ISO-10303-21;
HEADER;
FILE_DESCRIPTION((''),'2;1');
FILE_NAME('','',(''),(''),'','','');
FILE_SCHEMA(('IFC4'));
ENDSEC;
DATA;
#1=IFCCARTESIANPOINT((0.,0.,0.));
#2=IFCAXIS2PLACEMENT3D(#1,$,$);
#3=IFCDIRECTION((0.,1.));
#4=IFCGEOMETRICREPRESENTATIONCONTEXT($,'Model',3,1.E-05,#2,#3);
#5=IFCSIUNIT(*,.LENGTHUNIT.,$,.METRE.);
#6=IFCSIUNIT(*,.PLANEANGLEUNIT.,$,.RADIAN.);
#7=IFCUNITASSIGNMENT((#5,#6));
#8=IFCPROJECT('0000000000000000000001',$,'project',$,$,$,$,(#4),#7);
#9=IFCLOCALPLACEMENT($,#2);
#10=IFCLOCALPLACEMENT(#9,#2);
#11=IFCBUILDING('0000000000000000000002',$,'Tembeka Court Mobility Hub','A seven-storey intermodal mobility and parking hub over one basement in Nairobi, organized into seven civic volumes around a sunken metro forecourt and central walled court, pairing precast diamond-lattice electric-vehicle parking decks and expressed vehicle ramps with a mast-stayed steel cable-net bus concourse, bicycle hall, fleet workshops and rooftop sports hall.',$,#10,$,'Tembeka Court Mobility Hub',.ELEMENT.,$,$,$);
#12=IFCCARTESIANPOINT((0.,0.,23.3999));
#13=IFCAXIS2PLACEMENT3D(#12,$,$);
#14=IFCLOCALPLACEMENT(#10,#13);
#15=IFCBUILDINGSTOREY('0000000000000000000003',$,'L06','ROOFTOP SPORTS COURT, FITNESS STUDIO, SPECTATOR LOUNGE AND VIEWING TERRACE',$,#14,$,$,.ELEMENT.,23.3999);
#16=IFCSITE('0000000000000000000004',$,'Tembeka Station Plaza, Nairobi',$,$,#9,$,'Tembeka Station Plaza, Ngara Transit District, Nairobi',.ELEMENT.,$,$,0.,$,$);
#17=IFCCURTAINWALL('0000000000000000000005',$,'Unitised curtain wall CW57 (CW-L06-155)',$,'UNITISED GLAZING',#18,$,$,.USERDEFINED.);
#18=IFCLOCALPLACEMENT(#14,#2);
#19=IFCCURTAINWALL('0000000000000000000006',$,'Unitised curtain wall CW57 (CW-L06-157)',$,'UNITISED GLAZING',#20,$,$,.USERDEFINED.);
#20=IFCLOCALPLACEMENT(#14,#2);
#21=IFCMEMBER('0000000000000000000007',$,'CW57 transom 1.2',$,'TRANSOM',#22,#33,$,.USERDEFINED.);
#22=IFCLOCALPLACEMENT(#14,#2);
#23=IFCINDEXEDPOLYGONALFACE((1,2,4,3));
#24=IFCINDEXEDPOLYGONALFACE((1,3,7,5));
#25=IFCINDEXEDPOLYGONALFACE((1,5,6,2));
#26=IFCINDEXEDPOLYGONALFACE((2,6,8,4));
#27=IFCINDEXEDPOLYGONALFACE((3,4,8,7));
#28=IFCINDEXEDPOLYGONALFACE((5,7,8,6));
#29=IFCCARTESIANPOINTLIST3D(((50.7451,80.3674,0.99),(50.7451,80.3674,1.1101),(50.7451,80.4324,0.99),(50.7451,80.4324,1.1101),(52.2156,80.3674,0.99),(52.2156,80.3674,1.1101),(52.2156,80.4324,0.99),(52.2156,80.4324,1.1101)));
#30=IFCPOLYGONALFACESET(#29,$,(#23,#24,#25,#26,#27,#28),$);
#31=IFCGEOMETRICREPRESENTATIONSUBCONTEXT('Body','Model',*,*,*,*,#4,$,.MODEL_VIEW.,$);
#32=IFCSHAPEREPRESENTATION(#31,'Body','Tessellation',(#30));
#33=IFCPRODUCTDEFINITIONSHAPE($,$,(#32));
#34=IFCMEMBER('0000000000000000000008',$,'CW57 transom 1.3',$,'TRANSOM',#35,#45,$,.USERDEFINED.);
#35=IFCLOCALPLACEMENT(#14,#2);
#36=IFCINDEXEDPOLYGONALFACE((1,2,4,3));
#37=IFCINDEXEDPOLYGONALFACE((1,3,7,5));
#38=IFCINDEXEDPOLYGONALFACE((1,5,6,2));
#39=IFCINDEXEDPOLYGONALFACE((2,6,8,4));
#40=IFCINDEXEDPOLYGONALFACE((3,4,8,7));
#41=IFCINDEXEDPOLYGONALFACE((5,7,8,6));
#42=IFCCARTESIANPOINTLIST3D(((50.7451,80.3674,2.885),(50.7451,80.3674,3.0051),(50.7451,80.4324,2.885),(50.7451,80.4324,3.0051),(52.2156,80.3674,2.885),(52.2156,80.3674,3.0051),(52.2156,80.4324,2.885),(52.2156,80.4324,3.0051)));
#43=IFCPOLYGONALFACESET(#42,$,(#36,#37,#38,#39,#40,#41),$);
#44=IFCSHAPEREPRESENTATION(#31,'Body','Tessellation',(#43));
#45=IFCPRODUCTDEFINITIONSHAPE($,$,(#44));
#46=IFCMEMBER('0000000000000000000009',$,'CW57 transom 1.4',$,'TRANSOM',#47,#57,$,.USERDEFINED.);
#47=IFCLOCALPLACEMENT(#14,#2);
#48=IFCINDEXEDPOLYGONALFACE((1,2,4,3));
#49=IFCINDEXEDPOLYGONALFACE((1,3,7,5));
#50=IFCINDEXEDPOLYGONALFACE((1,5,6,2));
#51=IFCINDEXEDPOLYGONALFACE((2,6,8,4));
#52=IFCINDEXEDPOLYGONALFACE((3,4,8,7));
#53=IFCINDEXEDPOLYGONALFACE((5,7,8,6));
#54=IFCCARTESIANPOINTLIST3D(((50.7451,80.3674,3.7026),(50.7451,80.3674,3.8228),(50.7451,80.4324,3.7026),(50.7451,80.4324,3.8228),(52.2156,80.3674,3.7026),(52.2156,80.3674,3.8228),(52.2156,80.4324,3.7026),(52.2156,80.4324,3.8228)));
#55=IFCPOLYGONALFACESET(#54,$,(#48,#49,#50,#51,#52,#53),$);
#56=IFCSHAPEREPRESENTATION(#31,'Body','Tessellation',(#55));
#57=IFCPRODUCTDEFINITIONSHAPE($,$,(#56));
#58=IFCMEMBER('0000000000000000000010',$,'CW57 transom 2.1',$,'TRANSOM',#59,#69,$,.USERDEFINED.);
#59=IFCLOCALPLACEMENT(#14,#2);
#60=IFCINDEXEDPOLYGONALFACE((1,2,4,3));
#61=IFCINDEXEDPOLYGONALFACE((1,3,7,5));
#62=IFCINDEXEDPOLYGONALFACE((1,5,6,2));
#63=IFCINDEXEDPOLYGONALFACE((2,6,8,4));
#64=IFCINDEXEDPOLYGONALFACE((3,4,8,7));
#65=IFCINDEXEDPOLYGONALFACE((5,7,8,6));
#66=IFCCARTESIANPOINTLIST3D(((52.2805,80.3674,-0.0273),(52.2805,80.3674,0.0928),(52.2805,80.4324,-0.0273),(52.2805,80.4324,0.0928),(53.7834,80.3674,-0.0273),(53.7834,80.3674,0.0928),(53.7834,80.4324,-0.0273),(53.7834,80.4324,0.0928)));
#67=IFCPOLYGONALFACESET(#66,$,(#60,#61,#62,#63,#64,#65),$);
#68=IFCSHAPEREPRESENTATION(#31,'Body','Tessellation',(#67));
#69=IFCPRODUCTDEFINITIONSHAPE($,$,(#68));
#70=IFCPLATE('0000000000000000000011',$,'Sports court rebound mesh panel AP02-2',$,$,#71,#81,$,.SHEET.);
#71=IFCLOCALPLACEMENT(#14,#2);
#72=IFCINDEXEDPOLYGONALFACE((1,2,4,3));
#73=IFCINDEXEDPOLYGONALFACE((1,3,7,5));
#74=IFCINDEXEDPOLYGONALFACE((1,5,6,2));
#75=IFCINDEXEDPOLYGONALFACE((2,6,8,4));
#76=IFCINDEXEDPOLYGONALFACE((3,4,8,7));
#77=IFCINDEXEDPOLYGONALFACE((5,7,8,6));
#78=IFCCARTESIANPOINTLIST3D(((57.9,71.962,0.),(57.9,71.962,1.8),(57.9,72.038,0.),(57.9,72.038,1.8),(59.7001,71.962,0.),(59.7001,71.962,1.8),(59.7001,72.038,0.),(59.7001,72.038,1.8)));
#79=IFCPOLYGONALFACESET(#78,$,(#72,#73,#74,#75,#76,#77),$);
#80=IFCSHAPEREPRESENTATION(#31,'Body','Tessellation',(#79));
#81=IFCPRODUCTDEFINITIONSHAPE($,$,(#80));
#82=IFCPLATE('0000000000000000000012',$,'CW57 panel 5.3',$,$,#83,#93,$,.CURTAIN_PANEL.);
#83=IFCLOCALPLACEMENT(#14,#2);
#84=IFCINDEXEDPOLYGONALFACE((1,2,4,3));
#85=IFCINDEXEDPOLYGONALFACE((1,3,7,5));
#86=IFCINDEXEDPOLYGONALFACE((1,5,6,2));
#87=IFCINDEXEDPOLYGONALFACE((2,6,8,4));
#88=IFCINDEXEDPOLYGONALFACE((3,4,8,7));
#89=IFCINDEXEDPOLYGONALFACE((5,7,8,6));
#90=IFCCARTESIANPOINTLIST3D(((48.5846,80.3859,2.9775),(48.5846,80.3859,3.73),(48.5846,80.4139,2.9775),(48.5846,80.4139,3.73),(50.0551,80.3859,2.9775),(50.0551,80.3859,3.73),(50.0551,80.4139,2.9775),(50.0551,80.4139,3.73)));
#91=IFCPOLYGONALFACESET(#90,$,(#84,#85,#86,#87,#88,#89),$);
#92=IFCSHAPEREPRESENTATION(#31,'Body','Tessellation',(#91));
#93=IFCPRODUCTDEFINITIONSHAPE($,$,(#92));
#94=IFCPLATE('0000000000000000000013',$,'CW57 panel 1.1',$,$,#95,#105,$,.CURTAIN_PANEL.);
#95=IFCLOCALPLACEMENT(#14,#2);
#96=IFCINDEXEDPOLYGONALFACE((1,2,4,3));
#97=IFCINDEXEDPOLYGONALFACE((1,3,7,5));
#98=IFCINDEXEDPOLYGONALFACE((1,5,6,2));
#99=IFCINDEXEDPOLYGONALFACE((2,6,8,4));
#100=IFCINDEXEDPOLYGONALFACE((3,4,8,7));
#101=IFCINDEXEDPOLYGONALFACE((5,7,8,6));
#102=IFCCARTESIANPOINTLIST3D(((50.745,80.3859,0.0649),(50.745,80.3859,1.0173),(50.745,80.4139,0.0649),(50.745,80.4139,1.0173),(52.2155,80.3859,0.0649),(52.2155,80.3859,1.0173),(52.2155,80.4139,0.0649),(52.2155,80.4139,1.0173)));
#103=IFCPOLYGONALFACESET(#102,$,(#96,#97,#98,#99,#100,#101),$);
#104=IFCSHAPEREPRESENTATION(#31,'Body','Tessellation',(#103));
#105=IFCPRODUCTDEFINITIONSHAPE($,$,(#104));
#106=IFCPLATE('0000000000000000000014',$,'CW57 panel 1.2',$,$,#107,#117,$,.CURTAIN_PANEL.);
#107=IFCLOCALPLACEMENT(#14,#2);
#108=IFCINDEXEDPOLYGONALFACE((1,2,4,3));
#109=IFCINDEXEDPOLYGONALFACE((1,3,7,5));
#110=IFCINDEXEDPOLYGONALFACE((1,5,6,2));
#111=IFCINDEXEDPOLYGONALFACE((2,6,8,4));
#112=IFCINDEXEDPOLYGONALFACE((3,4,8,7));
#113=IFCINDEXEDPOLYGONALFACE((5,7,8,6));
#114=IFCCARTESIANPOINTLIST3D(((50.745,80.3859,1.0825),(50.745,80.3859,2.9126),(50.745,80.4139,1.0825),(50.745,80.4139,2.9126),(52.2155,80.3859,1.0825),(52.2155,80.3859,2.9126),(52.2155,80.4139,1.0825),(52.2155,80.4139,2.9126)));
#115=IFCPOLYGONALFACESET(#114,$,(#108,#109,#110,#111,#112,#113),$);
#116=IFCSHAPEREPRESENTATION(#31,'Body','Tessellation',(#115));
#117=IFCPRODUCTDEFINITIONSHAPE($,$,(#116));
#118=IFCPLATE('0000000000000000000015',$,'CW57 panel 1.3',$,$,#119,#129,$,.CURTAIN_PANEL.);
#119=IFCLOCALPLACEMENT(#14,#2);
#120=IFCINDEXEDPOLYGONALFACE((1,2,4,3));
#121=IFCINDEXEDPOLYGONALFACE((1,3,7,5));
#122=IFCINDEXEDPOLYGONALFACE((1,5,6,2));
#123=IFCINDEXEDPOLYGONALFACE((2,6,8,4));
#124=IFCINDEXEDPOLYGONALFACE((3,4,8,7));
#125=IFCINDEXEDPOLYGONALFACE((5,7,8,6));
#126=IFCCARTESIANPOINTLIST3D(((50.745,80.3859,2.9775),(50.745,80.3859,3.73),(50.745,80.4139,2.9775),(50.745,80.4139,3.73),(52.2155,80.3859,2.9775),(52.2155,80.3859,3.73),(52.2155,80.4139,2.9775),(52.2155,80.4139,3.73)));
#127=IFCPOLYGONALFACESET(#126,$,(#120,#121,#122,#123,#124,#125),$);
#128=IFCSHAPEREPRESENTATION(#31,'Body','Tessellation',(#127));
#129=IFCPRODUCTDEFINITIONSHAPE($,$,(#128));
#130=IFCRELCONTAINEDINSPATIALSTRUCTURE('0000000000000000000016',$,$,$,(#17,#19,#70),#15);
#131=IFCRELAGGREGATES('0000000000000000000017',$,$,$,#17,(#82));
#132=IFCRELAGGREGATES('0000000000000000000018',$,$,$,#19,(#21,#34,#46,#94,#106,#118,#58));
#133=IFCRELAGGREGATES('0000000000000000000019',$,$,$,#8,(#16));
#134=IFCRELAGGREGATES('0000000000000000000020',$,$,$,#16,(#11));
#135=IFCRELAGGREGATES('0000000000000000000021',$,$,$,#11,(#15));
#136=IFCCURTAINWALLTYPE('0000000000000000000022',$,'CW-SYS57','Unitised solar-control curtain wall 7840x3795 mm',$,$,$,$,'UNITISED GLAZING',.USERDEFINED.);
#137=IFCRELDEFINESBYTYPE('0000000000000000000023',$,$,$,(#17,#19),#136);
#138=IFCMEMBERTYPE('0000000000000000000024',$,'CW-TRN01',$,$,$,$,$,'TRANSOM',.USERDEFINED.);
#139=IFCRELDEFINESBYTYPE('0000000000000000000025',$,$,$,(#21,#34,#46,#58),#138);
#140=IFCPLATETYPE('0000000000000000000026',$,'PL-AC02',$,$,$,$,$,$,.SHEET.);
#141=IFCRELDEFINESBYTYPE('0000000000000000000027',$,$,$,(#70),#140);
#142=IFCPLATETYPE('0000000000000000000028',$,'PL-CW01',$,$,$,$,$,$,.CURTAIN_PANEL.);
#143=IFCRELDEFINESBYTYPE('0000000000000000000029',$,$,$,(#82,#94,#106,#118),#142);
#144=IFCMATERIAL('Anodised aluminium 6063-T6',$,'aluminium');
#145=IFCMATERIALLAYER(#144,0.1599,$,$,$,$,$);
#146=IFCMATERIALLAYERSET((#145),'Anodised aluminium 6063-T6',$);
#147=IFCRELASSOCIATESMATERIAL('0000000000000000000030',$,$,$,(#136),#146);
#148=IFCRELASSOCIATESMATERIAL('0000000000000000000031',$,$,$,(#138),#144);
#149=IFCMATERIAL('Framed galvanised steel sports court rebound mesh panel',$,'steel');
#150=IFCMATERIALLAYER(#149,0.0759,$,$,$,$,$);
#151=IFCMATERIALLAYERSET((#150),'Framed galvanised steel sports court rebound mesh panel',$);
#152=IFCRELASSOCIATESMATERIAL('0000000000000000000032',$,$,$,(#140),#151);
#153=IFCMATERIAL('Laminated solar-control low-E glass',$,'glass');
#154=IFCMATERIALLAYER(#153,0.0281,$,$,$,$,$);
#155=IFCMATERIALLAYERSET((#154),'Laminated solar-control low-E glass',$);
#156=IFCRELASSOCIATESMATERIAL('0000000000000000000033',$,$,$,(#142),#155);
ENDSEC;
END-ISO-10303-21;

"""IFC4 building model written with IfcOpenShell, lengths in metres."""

from ifc_helpers import new_model, si_unit, direction, frame, origin, origin_2d, place, context, subcontext, project, spatial, rectangle, extrude, material, layer, layer_set, material_profile, profile_set, type_object, element, aggregate, save


model = new_model("IFC4")

# Units and contexts
model_context = context("Model", 3, precision=1e-05, world=origin(), true_north=direction((0.0, 1.0)))
body_context = subcontext(model_context, "Body", "Model", "MODEL_VIEW")
ifc_project = project(units=[si_unit("LENGTHUNIT", "METRE"), si_unit("PLANEANGLEUNIT", "RADIAN")], contexts=[model_context])

# Site, building, storey
site_placement = place(None, origin())
site = spatial("IfcSite", under=ifc_project, at=site_placement, Name="Tembeka Station Plaza, Nairobi", LongName="Tembeka Station Plaza, Ngara Transit District, Nairobi", CompositionType="ELEMENT", RefElevation=0.0)
building_placement = place(site_placement, origin())
building = spatial("IfcBuilding", under=site, at=building_placement, Name="Tembeka Court Mobility Hub", Description="A seven-storey intermodal mobility and parking hub over one basement in Nairobi, organized into seven civic volumes around a sunken metro forecourt and central walled court, pairing precast diamond-lattice electric-vehicle parking decks and expressed vehicle ramps with a mast-stayed steel cable-net bus concourse, bicycle hall, fleet workshops and rooftop sports hall.", LongName="Tembeka Court Mobility Hub", CompositionType="ELEMENT")
storey_placement = place(building_placement, frame((0.0, 0.0, 23.3999)))
storey = spatial("IfcBuildingStorey", under=building, at=storey_placement, Name="L06", Description="ROOFTOP SPORTS COURT, FITNESS STUDIO, SPECTATOR LOUNGE AND VIEWING TERRACE", CompositionType="ELEMENT", Elevation=23.3999)

# Curtain wall
ifc_material_1 = material(Name="Anodised aluminium 6063-T6", Category="aluminium")
ifc_layer_1 = layer(ifc_material_1, 0.1599)
ifc_layer_set_1 = layer_set([ifc_layer_1], Name="Anodised aluminium 6063-T6")
curtain_wall_type = type_object("IfcCurtainWallType", Name="CW-SYS57", Description="Unitised solar-control curtain wall 7840x3795 mm", ElementType="UNITISED GLAZING", PredefinedType="USERDEFINED", material=ifc_layer_set_1)
curtain_wall_1_placement = place(storey_placement, origin())
curtain_wall_1 = element("IfcCurtainWall", 1, at=curtain_wall_1_placement, inside=storey, type_object=curtain_wall_type, Name="Unitised curtain wall CW57 (CW-L06-155)", ObjectType="UNITISED GLAZING", PredefinedType="USERDEFINED")

# Curtain wall, members
curtain_wall_2_placement = place(storey_placement, origin())
curtain_wall_2 = element("IfcCurtainWall", 2, at=curtain_wall_2_placement, inside=storey, type_object=curtain_wall_type, Name="Unitised curtain wall CW57 (CW-L06-157)", ObjectType="UNITISED GLAZING", PredefinedType="USERDEFINED")
ifc_material_profile_1 = material_profile(ifc_material_1, rectangle(XDim=0.0649, YDim=0.1201, at=origin_2d()), Name="ALU-TRN 65x120")
ifc_profile_set_1 = profile_set([ifc_material_profile_1], Name="Anodised aluminium 6063-T6")
member_type_1 = type_object("IfcMemberType", Name="CW-TRN01", ElementType="TRANSOM", PredefinedType="USERDEFINED", material=ifc_profile_set_1)
member_1_placement = place(storey_placement, frame((50.7451, 80.3999, 1.05), z_axis=(1.0, 0.0, 0.0), x_axis=(0.0, 1.0, 0.0)))
member_1 = element("IfcMember", 3, at=member_1_placement, type_object=member_type_1, Name="CW57 transom 1.2", ObjectType="TRANSOM", PredefinedType="USERDEFINED", context=body_context, shape_type="SweptSolid", body=[
    extrude(rectangle(XDim=0.0649, YDim=0.1201, at=origin_2d()), origin(), (0.0, 0.0, 1.0), 1.4705),
])
member_2_placement = place(storey_placement, frame((50.7451, 80.3999, 2.9451), z_axis=(1.0, 0.0, 0.0), x_axis=(0.0, 1.0, 0.0)))
member_2 = element("IfcMember", 4, at=member_2_placement, type_object=member_type_1, Name="CW57 transom 1.3", ObjectType="TRANSOM", PredefinedType="USERDEFINED", context=body_context, shape_type="SweptSolid", body=[
    extrude(rectangle(XDim=0.0649, YDim=0.1201, at=origin_2d()), origin(), (0.0, 0.0, 1.0), 1.4705),
])
member_3_placement = place(storey_placement, frame((50.7451, 80.3999, 3.7627), z_axis=(1.0, 0.0, 0.0), x_axis=(0.0, 1.0, 0.0)))
member_3 = element("IfcMember", 5, at=member_3_placement, type_object=member_type_1, Name="CW57 transom 1.4", ObjectType="TRANSOM", PredefinedType="USERDEFINED", context=body_context, shape_type="SweptSolid", body=[
    extrude(rectangle(XDim=0.0649, YDim=0.1201, at=origin_2d()), origin(), (0.0, 0.0, 1.0), 1.4705),
])
member_4_placement = place(storey_placement, frame((52.2805, 80.3999, 0.0327), z_axis=(1.0, 0.0, 0.0), x_axis=(0.0, 1.0, 0.0)))
member_4 = element("IfcMember", 6, at=member_4_placement, type_object=member_type_1, Name="CW57 transom 2.1", ObjectType="TRANSOM", PredefinedType="USERDEFINED", context=body_context, shape_type="SweptSolid", body=[
    extrude(rectangle(XDim=0.0649, YDim=0.1201, at=origin_2d()), origin(), (0.0, 0.0, 1.0), 1.5029),
])

# Plates
ifc_material_2 = material(Name="Framed galvanised steel sports court rebound mesh panel", Category="steel")
ifc_layer_2 = layer(ifc_material_2, 0.0759)
ifc_layer_set_2 = layer_set([ifc_layer_2], Name="Framed galvanised steel sports court rebound mesh panel")
plate_type_1 = type_object("IfcPlateType", Name="PL-AC02", PredefinedType="SHEET", material=ifc_layer_set_2)
plate_1_placement = place(storey_placement, frame((58.8, 72.0, 0.0), z_axis=(0.0, 0.0, 1.0), x_axis=(1.0, 0.0, 0.0)))
element("IfcPlate", 7, at=plate_1_placement, inside=storey, type_object=plate_type_1, Name="Sports court rebound mesh panel AP02-2", PredefinedType="SHEET", context=body_context, shape_type="SweptSolid", body=[
    extrude(rectangle(XDim=1.8, YDim=0.0759, at=origin_2d()), origin(), (0.0, 0.0, 1.0), 1.8),
])
ifc_material_3 = material(Name="Laminated solar-control low-E glass", Category="glass")
ifc_layer_3 = layer(ifc_material_3, 0.0281)
ifc_layer_set_3 = layer_set([ifc_layer_3], Name="Laminated solar-control low-E glass")
plate_type_2 = type_object("IfcPlateType", Name="PL-CW01", PredefinedType="CURTAIN_PANEL", material=ifc_layer_set_3)
plate_2_placement = place(storey_placement, frame((49.3198, 80.3999, 2.9775), z_axis=(0.0, 0.0, 1.0), x_axis=(1.0, 0.0, 0.0)))
plate_2 = element("IfcPlate", 8, at=plate_2_placement, type_object=plate_type_2, Name="CW57 panel 5.3", PredefinedType="CURTAIN_PANEL", context=body_context, shape_type="SweptSolid", body=[
    extrude(rectangle(XDim=1.4705, YDim=0.0281, at=origin_2d()), origin(), (0.0, 0.0, 1.0), 0.7524),
])
aggregate(curtain_wall_1, [plate_2])
plate_3_placement = place(storey_placement, frame((51.4802, 80.3999, 0.0649), z_axis=(0.0, 0.0, 1.0), x_axis=(1.0, 0.0, 0.0)))
plate_3 = element("IfcPlate", 9, at=plate_3_placement, type_object=plate_type_2, Name="CW57 panel 1.1", PredefinedType="CURTAIN_PANEL", context=body_context, shape_type="SweptSolid", body=[
    extrude(rectangle(XDim=1.4705, YDim=0.0281, at=origin_2d()), origin(), (0.0, 0.0, 1.0), 0.9524),
])
plate_4_placement = place(storey_placement, frame((51.4802, 80.3999, 1.0825), z_axis=(0.0, 0.0, 1.0), x_axis=(1.0, 0.0, 0.0)))
plate_4 = element("IfcPlate", 10, at=plate_4_placement, type_object=plate_type_2, Name="CW57 panel 1.2", PredefinedType="CURTAIN_PANEL", context=body_context, shape_type="SweptSolid", body=[
    extrude(rectangle(XDim=1.4705, YDim=0.0281, at=origin_2d()), origin(), (0.0, 0.0, 1.0), 1.8301),
])
plate_5_placement = place(storey_placement, frame((51.4802, 80.3999, 2.9775), z_axis=(0.0, 0.0, 1.0), x_axis=(1.0, 0.0, 0.0)))
plate_5 = element("IfcPlate", 11, at=plate_5_placement, type_object=plate_type_2, Name="CW57 panel 1.3", PredefinedType="CURTAIN_PANEL", context=body_context, shape_type="SweptSolid", body=[
    extrude(rectangle(XDim=1.4705, YDim=0.0281, at=origin_2d()), origin(), (0.0, 0.0, 1.0), 0.7524),
])
aggregate(curtain_wall_2, [member_1, member_2, member_3, plate_3, plate_4, plate_5, member_4])

save(model, "model.ifc")
